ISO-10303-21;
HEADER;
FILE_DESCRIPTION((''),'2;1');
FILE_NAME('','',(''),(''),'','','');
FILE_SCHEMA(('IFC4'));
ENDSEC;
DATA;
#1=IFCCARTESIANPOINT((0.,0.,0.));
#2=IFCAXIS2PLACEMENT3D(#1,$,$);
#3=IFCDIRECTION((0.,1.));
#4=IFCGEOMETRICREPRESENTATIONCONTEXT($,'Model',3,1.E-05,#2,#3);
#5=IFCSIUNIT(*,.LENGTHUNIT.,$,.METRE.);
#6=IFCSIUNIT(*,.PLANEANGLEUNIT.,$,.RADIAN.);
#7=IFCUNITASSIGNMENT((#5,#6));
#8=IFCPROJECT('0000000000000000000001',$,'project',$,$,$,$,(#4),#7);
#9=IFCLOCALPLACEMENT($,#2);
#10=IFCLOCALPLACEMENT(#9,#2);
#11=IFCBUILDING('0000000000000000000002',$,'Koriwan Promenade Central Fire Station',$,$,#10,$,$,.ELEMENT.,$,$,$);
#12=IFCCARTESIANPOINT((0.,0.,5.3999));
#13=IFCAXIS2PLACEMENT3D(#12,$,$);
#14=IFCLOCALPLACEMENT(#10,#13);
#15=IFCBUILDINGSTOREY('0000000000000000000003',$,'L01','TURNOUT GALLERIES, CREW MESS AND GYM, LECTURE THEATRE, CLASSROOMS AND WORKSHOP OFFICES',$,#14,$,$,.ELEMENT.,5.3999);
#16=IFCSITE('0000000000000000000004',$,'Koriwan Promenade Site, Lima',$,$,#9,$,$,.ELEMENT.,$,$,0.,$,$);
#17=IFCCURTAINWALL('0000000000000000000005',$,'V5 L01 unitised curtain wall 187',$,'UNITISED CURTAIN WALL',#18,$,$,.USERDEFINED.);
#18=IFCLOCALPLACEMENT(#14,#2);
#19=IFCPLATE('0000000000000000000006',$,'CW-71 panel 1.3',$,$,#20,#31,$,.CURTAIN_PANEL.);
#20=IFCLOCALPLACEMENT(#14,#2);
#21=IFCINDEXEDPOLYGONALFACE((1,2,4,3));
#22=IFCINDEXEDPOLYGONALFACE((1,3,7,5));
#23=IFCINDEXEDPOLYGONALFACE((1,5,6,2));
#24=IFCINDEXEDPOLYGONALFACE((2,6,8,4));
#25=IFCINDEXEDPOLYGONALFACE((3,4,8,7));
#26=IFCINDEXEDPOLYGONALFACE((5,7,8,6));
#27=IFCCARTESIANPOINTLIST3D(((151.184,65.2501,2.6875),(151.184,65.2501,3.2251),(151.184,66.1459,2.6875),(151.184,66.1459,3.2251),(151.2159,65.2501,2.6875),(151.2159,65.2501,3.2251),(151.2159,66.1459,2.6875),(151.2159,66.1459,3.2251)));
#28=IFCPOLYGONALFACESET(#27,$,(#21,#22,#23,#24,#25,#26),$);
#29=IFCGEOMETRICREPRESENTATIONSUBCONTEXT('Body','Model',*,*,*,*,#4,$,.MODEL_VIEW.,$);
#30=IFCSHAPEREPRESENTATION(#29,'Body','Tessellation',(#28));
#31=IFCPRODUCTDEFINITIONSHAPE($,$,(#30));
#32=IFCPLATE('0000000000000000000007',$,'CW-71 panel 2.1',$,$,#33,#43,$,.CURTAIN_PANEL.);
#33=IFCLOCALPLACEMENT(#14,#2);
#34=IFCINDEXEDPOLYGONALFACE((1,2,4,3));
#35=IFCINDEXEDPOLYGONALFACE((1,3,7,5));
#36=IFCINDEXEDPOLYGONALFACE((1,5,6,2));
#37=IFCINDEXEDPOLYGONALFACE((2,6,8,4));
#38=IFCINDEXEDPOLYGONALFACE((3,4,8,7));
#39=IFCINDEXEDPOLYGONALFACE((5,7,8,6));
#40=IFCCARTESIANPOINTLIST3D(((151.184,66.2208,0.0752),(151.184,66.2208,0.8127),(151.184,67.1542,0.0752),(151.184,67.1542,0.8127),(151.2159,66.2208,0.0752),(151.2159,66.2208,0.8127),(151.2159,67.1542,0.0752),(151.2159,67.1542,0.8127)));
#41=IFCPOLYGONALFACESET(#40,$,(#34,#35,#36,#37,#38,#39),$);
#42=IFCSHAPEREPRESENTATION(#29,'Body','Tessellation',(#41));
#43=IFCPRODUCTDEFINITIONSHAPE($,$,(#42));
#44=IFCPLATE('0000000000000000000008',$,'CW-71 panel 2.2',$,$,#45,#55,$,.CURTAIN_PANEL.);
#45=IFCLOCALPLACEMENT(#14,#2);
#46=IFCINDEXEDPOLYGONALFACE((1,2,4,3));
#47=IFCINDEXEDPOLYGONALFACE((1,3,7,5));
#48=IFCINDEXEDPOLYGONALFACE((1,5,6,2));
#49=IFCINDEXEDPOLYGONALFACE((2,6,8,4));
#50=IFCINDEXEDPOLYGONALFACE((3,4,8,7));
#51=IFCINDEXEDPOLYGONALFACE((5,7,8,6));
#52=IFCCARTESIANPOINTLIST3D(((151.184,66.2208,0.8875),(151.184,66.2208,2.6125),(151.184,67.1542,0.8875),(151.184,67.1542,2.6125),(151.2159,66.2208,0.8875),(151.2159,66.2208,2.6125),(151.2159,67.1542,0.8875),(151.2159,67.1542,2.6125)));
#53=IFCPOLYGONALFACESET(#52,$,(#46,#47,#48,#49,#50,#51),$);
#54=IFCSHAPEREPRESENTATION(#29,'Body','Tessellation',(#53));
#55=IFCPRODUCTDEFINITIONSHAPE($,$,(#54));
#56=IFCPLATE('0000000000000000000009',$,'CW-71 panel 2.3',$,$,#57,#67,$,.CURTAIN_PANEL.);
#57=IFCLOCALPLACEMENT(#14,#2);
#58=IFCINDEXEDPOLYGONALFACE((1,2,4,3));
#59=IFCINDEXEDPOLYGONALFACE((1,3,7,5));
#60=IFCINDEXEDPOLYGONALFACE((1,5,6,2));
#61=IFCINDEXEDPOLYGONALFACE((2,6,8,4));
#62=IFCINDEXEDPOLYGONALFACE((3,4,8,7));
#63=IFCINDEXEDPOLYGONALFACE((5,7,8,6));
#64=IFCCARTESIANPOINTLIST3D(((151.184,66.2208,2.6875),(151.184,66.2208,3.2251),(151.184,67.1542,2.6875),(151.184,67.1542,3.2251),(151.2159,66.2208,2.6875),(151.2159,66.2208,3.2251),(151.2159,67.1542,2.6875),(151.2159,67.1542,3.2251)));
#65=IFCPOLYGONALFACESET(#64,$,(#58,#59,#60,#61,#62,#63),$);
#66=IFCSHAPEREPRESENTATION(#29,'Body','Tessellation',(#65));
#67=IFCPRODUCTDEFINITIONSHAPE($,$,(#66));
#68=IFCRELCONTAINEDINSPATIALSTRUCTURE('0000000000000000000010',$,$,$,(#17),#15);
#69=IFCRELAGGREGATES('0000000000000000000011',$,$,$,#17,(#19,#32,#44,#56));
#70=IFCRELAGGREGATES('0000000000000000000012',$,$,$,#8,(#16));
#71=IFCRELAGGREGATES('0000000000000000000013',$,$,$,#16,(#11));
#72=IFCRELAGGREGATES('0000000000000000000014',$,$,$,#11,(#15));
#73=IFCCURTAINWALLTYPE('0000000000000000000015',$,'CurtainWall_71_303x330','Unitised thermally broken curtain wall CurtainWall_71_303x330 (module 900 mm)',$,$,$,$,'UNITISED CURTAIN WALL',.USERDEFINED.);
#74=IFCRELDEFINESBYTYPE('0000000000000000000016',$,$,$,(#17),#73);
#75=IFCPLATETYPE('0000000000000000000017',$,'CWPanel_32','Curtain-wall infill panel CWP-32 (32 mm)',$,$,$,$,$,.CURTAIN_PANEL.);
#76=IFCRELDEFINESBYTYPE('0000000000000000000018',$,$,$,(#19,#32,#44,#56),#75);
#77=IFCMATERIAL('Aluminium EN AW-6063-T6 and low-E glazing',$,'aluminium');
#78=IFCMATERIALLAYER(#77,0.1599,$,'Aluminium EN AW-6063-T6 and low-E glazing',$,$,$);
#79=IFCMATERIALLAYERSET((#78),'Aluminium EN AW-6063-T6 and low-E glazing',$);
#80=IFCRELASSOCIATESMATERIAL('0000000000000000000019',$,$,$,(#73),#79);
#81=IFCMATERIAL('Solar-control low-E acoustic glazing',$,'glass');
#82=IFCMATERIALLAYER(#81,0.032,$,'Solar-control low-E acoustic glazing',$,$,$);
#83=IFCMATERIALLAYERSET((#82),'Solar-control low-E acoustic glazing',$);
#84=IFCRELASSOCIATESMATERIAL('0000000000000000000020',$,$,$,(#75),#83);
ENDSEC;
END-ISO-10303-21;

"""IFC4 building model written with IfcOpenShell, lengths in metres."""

from ifc_helpers import new_model, si_unit, direction, frame, origin, origin_2d, place, context, subcontext, project, spatial, rectangle, extrude, material, layer, layer_set, type_object, element, aggregate, save


model = new_model("IFC4")

# Units and contexts
model_context = context("Model", 3, precision=1e-05, world=origin(), true_north=direction((0.0, 1.0)))
body_context = subcontext(model_context, "Body", "Model", "MODEL_VIEW")
ifc_project = project(units=[si_unit("LENGTHUNIT", "METRE"), si_unit("PLANEANGLEUNIT", "RADIAN")], contexts=[model_context])

# Site, building, storey
site_placement = place(None, origin())
site = spatial("IfcSite", under=ifc_project, at=site_placement, Name="Koriwan Promenade Site, Lima", CompositionType="ELEMENT", RefElevation=0.0)
building_placement = place(site_placement, origin())
building = spatial("IfcBuilding", under=site, at=building_placement, Name="Koriwan Promenade Central Fire Station", CompositionType="ELEMENT")
storey_placement = place(building_placement, frame((0.0, 0.0, 5.3999)))
storey = spatial("IfcBuildingStorey", under=building, at=storey_placement, Name="L01", Description="TURNOUT GALLERIES, CREW MESS AND GYM, LECTURE THEATRE, CLASSROOMS AND WORKSHOP OFFICES", CompositionType="ELEMENT", Elevation=5.3999)

# Shared definitions
ifc_material_1 = material(Name="Aluminium EN AW-6063-T6 and low-E glazing", Category="aluminium")

# Curtain wall
ifc_layer_1 = layer(ifc_material_1, 0.1599, Name="Aluminium EN AW-6063-T6 and low-E glazing")
ifc_layer_set_1 = layer_set([ifc_layer_1], Name="Aluminium EN AW-6063-T6 and low-E glazing")
curtain_wall_type_1 = type_object("IfcCurtainWallType", Name="CurtainWall_71_303x330", Description="Unitised thermally broken curtain wall CurtainWall_71_303x330 (module 900 mm)", ElementType="UNITISED CURTAIN WALL", PredefinedType="USERDEFINED", material=ifc_layer_set_1)
curtain_wall_1_placement = place(storey_placement, origin())
curtain_wall_1 = element("IfcCurtainWall", 1, at=curtain_wall_1_placement, inside=storey, type_object=curtain_wall_type_1, Name="V5 L01 unitised curtain wall 187", ObjectType="UNITISED CURTAIN WALL", PredefinedType="USERDEFINED")

# Plates
ifc_material_2 = material(Name="Solar-control low-E acoustic glazing", Category="glass")
ifc_layer_2 = layer(ifc_material_2, 0.032, Name="Solar-control low-E acoustic glazing")
ifc_layer_set_2 = layer_set([ifc_layer_2], Name="Solar-control low-E acoustic glazing")
plate_type = type_object("IfcPlateType", Name="CWPanel_32", Description="Curtain-wall infill panel CWP-32 (32 mm)", PredefinedType="CURTAIN_PANEL", material=ifc_layer_set_2)
plate_1_placement = place(storey_placement, frame((151.2, 65.698, 2.6875), z_axis=(0.0, 0.0, 1.0), x_axis=(0.0, 1.0, 0.0)))
plate_1 = element("IfcPlate", 2, at=plate_1_placement, type_object=plate_type, Name="CW-71 panel 1.3", PredefinedType="CURTAIN_PANEL", context=body_context, shape_type="SweptSolid", body=[
    extrude(rectangle(XDim=0.8958, YDim=0.032, at=origin_2d()), origin(), (0.0, 0.0, 1.0), 0.5376),
])
plate_2_placement = place(storey_placement, frame((151.2, 66.6875, 0.0752), z_axis=(0.0, 0.0, 1.0), x_axis=(0.0, 1.0, 0.0)))
plate_2 = element("IfcPlate", 3, at=plate_2_placement, type_object=plate_type, Name="CW-71 panel 2.1", PredefinedType="CURTAIN_PANEL", context=body_context, shape_type="SweptSolid", body=[
    extrude(rectangle(XDim=0.9333, YDim=0.032, at=origin_2d()), origin(), (0.0, 0.0, 1.0), 0.7375),
])
plate_3_placement = place(storey_placement, frame((151.2, 66.6875, 0.8875), z_axis=(0.0, 0.0, 1.0), x_axis=(0.0, 1.0, 0.0)))
plate_3 = element("IfcPlate", 4, at=plate_3_placement, type_object=plate_type, Name="CW-71 panel 2.2", PredefinedType="CURTAIN_PANEL", context=body_context, shape_type="SweptSolid", body=[
    extrude(rectangle(XDim=0.9333, YDim=0.032, at=origin_2d()), origin(), (0.0, 0.0, 1.0), 1.7251),
])
plate_4_placement = place(storey_placement, frame((151.2, 66.6875, 2.6875), z_axis=(0.0, 0.0, 1.0), x_axis=(0.0, 1.0, 0.0)))
plate_4 = element("IfcPlate", 5, at=plate_4_placement, type_object=plate_type, Name="CW-71 panel 2.3", PredefinedType="CURTAIN_PANEL", context=body_context, shape_type="SweptSolid", body=[
    extrude(rectangle(XDim=0.9333, YDim=0.032, at=origin_2d()), origin(), (0.0, 0.0, 1.0), 0.5376),
])
aggregate(curtain_wall_1, [plate_1, plate_2, plate_3, plate_4])

save(model, "model.ifc")
